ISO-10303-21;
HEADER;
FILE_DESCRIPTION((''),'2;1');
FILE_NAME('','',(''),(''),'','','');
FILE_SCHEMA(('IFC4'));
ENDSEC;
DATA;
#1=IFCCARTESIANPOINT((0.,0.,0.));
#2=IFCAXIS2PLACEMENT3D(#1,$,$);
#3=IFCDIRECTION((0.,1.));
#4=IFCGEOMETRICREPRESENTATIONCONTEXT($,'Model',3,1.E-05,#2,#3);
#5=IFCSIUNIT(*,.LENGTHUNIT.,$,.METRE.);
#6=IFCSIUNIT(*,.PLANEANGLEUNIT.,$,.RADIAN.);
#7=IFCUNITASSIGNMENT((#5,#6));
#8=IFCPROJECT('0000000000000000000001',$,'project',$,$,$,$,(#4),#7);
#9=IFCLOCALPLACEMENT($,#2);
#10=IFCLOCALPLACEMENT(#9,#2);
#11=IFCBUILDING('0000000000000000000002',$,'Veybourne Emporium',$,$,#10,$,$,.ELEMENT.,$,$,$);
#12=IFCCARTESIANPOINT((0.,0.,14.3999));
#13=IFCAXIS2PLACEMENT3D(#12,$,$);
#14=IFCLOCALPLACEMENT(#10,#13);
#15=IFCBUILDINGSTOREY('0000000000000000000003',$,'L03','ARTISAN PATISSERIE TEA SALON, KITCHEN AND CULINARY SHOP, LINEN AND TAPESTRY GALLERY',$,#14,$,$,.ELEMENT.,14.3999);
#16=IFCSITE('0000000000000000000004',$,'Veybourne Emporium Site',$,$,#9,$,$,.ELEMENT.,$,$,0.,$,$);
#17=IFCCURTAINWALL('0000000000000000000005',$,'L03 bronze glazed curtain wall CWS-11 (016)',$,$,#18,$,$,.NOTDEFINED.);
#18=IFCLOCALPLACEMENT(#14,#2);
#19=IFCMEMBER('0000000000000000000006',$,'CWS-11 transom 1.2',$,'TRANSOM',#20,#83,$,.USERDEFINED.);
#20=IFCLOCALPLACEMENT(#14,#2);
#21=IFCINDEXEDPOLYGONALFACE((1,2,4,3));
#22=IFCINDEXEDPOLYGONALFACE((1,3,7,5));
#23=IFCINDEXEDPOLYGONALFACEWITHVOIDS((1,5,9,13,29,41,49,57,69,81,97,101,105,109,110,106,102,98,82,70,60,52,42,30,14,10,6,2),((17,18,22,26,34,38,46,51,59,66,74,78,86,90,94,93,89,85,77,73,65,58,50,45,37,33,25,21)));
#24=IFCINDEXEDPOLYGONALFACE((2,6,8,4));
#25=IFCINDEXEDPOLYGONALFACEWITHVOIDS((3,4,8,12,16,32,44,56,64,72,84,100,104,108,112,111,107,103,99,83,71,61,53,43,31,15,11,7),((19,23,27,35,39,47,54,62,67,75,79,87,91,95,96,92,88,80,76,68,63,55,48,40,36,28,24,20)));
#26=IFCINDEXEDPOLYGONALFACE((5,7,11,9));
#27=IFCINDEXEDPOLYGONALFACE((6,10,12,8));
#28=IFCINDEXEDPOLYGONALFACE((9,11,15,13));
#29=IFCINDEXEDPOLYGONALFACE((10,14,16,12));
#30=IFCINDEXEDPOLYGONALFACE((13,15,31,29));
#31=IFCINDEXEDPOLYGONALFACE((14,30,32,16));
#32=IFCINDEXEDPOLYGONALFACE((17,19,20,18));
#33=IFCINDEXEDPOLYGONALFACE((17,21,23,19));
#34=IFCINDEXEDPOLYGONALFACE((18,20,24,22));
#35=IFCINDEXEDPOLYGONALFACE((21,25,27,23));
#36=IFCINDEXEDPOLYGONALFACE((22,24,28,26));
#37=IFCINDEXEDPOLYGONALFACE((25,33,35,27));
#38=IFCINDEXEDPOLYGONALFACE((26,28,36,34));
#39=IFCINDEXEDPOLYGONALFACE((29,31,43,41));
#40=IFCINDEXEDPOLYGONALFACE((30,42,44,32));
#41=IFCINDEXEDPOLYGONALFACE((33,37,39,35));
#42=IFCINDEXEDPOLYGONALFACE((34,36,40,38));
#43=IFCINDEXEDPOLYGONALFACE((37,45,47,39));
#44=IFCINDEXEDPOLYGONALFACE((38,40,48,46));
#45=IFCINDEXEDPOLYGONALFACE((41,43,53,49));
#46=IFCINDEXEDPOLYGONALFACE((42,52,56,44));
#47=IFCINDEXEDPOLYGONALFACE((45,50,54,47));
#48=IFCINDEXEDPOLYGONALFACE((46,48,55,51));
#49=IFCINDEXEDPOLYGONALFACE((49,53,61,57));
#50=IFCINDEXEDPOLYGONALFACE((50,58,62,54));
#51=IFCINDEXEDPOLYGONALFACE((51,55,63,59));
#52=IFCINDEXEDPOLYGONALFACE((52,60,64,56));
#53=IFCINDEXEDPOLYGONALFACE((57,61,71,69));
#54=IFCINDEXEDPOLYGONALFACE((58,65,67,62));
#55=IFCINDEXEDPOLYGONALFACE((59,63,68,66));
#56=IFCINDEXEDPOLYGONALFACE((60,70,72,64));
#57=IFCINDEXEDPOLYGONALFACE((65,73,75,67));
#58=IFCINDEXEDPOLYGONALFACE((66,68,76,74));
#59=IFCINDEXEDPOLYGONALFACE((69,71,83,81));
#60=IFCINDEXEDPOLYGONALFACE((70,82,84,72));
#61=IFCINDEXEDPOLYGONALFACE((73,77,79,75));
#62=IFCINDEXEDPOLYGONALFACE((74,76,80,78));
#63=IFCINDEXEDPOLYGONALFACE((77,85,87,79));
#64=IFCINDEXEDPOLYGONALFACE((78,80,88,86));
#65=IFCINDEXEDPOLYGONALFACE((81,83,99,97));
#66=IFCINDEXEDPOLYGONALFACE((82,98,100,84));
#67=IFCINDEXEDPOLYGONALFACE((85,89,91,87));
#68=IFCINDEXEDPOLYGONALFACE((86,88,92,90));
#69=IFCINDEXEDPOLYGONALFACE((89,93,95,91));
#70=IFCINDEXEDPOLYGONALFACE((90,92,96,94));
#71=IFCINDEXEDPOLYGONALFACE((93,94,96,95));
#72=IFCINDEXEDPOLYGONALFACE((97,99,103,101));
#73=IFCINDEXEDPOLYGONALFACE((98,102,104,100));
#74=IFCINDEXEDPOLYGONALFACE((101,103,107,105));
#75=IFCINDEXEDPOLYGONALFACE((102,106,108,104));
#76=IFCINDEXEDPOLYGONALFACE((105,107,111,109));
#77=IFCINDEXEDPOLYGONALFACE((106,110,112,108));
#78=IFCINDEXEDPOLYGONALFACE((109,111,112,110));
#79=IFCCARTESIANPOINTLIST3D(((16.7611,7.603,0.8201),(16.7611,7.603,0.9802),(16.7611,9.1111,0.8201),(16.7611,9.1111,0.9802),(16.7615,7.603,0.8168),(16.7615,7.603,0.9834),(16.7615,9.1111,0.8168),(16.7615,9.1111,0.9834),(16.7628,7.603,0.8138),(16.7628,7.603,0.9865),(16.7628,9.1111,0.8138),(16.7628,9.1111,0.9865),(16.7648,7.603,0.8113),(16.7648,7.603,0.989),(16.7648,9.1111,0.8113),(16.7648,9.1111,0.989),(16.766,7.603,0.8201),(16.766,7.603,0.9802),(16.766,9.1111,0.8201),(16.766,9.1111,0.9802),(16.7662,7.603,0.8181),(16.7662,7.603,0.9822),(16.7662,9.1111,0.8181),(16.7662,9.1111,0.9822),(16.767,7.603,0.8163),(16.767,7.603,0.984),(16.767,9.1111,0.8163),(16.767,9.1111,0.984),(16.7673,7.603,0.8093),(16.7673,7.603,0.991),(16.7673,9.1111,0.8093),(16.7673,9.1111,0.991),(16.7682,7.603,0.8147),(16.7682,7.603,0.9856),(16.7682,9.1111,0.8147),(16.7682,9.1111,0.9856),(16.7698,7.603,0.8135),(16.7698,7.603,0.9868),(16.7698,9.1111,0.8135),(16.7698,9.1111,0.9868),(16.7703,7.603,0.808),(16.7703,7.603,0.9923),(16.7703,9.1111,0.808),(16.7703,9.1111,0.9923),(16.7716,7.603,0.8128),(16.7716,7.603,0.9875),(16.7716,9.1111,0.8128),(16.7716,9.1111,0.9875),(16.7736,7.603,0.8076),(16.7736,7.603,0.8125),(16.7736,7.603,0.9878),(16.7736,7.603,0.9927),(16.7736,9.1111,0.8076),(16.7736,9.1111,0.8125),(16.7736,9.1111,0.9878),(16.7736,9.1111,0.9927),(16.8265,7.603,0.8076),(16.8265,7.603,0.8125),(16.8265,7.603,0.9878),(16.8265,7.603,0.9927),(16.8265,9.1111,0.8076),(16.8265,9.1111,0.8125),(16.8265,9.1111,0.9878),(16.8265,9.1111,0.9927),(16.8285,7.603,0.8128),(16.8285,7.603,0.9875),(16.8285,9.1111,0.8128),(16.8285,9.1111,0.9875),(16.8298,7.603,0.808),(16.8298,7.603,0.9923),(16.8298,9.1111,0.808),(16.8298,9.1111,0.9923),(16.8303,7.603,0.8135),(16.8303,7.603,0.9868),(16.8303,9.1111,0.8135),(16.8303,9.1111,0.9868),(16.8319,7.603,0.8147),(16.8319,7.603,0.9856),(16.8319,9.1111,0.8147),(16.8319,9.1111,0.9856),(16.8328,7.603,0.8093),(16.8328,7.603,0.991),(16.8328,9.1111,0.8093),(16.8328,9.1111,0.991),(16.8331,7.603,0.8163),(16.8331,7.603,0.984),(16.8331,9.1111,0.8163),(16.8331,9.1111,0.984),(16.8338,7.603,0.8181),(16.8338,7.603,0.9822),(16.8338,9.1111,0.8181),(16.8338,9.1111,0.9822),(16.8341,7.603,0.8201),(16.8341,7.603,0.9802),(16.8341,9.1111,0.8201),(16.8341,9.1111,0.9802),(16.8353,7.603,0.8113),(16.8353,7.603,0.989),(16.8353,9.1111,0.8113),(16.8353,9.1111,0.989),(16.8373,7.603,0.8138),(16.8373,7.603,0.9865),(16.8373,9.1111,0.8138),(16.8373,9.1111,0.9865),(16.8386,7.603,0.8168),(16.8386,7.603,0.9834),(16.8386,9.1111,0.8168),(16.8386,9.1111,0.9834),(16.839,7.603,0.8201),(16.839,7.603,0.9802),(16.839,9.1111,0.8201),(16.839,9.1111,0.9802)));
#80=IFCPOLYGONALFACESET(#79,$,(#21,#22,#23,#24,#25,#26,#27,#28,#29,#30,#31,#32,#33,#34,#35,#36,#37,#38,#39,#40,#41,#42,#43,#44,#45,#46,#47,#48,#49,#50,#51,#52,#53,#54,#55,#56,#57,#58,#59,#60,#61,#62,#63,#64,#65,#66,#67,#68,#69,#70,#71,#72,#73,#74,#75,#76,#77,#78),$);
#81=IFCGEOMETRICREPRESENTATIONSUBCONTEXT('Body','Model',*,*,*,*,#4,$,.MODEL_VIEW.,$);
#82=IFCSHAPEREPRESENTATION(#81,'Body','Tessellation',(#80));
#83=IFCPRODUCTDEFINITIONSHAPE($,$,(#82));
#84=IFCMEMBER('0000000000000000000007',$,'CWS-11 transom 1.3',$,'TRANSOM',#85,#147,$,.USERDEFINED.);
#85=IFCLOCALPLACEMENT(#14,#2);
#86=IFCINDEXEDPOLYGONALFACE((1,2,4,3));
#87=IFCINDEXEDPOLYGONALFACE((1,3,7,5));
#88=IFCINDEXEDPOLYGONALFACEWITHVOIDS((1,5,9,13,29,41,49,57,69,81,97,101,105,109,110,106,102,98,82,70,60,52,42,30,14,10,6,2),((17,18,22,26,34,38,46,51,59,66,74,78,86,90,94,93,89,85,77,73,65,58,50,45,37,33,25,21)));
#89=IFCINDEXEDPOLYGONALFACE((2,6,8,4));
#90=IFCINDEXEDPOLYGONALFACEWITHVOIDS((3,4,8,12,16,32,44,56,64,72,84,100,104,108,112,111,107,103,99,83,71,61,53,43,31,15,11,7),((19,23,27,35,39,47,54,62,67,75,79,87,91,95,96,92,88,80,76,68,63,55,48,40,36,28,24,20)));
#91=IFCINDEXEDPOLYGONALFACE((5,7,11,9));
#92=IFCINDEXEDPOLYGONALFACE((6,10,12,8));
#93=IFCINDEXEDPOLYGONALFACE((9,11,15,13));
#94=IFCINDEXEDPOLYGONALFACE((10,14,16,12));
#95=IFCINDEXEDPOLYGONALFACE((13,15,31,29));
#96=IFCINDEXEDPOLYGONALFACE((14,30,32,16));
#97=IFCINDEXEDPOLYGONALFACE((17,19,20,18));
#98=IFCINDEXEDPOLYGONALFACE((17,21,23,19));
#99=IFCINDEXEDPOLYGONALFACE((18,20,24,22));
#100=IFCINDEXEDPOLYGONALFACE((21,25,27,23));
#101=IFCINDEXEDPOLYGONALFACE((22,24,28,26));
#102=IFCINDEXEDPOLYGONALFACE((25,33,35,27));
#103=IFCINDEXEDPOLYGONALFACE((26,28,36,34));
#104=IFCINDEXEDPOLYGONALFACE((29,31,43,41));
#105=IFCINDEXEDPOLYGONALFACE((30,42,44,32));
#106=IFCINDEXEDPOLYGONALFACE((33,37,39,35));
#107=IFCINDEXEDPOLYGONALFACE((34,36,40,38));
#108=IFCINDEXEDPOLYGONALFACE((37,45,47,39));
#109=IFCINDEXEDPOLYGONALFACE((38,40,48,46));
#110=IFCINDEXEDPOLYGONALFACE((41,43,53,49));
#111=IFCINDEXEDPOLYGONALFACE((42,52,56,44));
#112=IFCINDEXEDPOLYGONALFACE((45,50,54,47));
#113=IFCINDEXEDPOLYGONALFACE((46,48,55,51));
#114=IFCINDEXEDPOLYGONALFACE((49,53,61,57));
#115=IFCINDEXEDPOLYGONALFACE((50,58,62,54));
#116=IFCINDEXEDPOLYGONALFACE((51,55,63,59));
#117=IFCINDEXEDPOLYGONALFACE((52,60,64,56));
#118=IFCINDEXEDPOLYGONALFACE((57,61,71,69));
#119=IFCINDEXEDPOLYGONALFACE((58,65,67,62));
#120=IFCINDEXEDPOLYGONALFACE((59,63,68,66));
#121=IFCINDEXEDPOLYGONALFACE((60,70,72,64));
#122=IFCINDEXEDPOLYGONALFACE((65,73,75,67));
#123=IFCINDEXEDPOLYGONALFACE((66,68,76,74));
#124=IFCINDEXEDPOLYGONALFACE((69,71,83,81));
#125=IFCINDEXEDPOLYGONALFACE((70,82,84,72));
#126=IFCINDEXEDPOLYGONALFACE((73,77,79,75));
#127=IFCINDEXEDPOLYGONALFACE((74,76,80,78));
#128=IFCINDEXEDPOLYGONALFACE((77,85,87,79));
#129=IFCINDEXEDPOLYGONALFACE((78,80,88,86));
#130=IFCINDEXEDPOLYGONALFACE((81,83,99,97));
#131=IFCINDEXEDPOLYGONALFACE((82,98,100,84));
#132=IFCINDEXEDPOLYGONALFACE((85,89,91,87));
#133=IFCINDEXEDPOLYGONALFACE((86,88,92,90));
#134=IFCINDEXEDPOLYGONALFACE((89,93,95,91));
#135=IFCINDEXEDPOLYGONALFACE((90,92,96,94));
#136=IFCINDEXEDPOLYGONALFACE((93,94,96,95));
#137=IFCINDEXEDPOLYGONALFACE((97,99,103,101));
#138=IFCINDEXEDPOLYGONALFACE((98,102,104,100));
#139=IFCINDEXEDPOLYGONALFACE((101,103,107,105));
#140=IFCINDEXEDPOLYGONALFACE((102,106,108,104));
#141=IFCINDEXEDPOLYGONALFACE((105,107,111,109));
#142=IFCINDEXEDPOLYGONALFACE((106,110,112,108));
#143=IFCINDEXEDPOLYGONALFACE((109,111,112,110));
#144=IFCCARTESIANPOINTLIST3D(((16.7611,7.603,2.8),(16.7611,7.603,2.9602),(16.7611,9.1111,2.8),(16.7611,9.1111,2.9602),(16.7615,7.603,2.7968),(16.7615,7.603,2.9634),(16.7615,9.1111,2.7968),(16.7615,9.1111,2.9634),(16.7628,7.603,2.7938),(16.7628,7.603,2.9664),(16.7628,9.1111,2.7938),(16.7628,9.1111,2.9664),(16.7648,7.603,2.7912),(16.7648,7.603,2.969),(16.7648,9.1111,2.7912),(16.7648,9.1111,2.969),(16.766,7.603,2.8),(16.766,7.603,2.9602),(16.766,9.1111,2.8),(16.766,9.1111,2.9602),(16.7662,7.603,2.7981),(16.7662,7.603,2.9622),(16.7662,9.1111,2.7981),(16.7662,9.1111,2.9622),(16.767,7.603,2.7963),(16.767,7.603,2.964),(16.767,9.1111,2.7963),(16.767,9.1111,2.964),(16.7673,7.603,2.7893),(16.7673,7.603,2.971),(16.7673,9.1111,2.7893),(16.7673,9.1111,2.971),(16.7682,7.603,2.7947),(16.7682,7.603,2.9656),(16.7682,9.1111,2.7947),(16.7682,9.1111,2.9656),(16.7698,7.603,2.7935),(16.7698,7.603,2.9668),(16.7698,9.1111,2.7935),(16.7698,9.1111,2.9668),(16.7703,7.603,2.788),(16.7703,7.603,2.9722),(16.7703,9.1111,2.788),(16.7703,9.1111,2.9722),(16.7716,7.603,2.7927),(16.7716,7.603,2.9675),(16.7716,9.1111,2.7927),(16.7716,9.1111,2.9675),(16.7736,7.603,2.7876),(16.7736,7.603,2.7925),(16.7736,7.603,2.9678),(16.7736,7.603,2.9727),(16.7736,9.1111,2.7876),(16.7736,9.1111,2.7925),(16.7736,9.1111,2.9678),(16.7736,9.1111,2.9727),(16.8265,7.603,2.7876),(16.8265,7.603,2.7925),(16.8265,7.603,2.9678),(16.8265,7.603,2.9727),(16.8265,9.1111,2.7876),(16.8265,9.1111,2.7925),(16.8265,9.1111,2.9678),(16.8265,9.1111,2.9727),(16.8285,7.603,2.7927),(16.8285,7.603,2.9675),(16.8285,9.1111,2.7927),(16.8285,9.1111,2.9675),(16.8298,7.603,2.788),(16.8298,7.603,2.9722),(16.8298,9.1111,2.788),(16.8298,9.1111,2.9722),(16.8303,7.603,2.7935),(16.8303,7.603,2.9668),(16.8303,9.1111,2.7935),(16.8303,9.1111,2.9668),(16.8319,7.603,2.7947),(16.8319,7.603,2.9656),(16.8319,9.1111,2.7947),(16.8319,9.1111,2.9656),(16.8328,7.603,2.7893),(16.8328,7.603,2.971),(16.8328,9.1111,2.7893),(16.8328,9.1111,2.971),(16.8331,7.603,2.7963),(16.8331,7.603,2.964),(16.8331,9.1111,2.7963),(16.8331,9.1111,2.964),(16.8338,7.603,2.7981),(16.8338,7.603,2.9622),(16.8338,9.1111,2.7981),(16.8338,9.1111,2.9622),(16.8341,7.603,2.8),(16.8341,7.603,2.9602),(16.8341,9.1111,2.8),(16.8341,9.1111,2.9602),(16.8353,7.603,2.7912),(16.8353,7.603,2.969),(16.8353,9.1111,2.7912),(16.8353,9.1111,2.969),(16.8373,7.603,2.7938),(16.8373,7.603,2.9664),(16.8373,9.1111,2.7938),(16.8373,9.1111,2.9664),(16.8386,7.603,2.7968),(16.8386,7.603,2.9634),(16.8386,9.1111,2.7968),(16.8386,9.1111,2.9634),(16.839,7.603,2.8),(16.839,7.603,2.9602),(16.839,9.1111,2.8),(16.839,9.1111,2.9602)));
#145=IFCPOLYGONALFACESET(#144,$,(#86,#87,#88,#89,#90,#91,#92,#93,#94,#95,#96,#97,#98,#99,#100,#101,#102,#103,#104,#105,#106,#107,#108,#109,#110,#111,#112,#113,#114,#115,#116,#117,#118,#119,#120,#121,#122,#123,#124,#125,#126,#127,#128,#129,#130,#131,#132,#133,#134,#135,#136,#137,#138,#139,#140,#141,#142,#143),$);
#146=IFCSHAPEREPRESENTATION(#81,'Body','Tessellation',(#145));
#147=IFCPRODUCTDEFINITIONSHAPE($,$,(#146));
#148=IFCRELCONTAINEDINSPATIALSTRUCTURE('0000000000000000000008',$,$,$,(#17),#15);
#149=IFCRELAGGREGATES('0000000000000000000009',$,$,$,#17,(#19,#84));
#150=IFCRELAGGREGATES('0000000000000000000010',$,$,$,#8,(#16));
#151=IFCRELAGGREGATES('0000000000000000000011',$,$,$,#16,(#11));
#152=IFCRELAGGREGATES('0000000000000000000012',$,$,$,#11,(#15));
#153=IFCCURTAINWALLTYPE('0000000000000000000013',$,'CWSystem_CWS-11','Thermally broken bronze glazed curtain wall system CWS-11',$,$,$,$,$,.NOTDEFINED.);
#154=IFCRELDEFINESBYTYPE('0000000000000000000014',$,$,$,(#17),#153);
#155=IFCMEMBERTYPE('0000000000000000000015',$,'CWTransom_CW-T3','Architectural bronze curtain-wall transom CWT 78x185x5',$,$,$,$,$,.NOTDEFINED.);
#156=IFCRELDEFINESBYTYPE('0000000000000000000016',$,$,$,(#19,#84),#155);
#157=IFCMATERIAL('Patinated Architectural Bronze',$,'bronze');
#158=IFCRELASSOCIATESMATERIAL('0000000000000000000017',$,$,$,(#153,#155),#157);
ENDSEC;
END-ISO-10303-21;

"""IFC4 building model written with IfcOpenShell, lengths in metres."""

from ifc_helpers import new_model, si_unit, direction, frame, origin, origin_2d, place, context, subcontext, project, spatial, hollow_rectangle, extrude, material, material_profile, profile_set, type_object, element, aggregate, save


model = new_model("IFC4")

# Units and contexts
model_context = context("Model", 3, precision=1e-05, world=origin(), true_north=direction((0.0, 1.0)))
body_context = subcontext(model_context, "Body", "Model", "MODEL_VIEW")
ifc_project = project(units=[si_unit("LENGTHUNIT", "METRE"), si_unit("PLANEANGLEUNIT", "RADIAN")], contexts=[model_context])

# Site, building, storey
site_placement = place(None, origin())
site = spatial("IfcSite", under=ifc_project, at=site_placement, Name="Veybourne Emporium Site", CompositionType="ELEMENT", RefElevation=0.0)
building_placement = place(site_placement, origin())
building = spatial("IfcBuilding", under=site, at=building_placement, Name="Veybourne Emporium", CompositionType="ELEMENT")
storey_placement = place(building_placement, frame((0.0, 0.0, 14.3999)))
storey = spatial("IfcBuildingStorey", under=building, at=storey_placement, Name="L03", Description="ARTISAN PATISSERIE TEA SALON, KITCHEN AND CULINARY SHOP, LINEN AND TAPESTRY GALLERY", CompositionType="ELEMENT", Elevation=14.3999)

# Curtain wall, members
ifc_material_1 = material(Name="Patinated Architectural Bronze", Category="bronze")
curtain_wall_type = type_object("IfcCurtainWallType", Name="CWSystem_CWS-11", Description="Thermally broken bronze glazed curtain wall system CWS-11", PredefinedType="NOTDEFINED", material=ifc_material_1)
curtain_wall_placement = place(storey_placement, origin())
curtain_wall = element("IfcCurtainWall", 1, at=curtain_wall_placement, inside=storey, type_object=curtain_wall_type, Name="L03 bronze glazed curtain wall CWS-11 (016)", PredefinedType="NOTDEFINED")
ifc_material_profile_1 = material_profile(ifc_material_1, hollow_rectangle(XDim=0.0779, YDim=0.1851, WallThickness=0.0049, InnerFilletRadius=0.0076, OuterFilletRadius=0.0125, at=origin_2d()), Name="CWT 78x185x5")
ifc_profile_set_1 = profile_set([ifc_material_profile_1], Name="Patinated Architectural Bronze")
member_type_1 = type_object("IfcMemberType", Name="CWTransom_CW-T3", Description="Architectural bronze curtain-wall transom CWT 78x185x5", PredefinedType="NOTDEFINED", material=ifc_profile_set_1)
member_1_placement = place(storey_placement, frame((16.8, 7.603, 0.9001), z_axis=(0.0, 1.0, 0.0), x_axis=(-1.0, 0.0, 0.0)))
member_1 = element("IfcMember", 2, at=member_1_placement, type_object=member_type_1, Name="CWS-11 transom 1.2", ObjectType="TRANSOM", PredefinedType="USERDEFINED", context=body_context, shape_type="SweptSolid", body=[
    extrude(hollow_rectangle(XDim=0.0779, YDim=0.1851, WallThickness=0.0049, InnerFilletRadius=0.0076, OuterFilletRadius=0.0125, at=origin_2d()), origin(), (0.0, 0.0, 1.0), 1.5081),
])
member_2_placement = place(storey_placement, frame((16.8, 7.603, 2.8801), z_axis=(0.0, 1.0, 0.0), x_axis=(-1.0, 0.0, 0.0)))
member_2 = element("IfcMember", 3, at=member_2_placement, type_object=member_type_1, Name="CWS-11 transom 1.3", ObjectType="TRANSOM", PredefinedType="USERDEFINED", context=body_context, shape_type="SweptSolid", body=[
    extrude(hollow_rectangle(XDim=0.0779, YDim=0.1851, WallThickness=0.0049, InnerFilletRadius=0.0076, OuterFilletRadius=0.0125, at=origin_2d()), origin(), (0.0, 0.0, 1.0), 1.5081),
])
aggregate(curtain_wall, [member_1, member_2])

save(model, "model.ifc")
